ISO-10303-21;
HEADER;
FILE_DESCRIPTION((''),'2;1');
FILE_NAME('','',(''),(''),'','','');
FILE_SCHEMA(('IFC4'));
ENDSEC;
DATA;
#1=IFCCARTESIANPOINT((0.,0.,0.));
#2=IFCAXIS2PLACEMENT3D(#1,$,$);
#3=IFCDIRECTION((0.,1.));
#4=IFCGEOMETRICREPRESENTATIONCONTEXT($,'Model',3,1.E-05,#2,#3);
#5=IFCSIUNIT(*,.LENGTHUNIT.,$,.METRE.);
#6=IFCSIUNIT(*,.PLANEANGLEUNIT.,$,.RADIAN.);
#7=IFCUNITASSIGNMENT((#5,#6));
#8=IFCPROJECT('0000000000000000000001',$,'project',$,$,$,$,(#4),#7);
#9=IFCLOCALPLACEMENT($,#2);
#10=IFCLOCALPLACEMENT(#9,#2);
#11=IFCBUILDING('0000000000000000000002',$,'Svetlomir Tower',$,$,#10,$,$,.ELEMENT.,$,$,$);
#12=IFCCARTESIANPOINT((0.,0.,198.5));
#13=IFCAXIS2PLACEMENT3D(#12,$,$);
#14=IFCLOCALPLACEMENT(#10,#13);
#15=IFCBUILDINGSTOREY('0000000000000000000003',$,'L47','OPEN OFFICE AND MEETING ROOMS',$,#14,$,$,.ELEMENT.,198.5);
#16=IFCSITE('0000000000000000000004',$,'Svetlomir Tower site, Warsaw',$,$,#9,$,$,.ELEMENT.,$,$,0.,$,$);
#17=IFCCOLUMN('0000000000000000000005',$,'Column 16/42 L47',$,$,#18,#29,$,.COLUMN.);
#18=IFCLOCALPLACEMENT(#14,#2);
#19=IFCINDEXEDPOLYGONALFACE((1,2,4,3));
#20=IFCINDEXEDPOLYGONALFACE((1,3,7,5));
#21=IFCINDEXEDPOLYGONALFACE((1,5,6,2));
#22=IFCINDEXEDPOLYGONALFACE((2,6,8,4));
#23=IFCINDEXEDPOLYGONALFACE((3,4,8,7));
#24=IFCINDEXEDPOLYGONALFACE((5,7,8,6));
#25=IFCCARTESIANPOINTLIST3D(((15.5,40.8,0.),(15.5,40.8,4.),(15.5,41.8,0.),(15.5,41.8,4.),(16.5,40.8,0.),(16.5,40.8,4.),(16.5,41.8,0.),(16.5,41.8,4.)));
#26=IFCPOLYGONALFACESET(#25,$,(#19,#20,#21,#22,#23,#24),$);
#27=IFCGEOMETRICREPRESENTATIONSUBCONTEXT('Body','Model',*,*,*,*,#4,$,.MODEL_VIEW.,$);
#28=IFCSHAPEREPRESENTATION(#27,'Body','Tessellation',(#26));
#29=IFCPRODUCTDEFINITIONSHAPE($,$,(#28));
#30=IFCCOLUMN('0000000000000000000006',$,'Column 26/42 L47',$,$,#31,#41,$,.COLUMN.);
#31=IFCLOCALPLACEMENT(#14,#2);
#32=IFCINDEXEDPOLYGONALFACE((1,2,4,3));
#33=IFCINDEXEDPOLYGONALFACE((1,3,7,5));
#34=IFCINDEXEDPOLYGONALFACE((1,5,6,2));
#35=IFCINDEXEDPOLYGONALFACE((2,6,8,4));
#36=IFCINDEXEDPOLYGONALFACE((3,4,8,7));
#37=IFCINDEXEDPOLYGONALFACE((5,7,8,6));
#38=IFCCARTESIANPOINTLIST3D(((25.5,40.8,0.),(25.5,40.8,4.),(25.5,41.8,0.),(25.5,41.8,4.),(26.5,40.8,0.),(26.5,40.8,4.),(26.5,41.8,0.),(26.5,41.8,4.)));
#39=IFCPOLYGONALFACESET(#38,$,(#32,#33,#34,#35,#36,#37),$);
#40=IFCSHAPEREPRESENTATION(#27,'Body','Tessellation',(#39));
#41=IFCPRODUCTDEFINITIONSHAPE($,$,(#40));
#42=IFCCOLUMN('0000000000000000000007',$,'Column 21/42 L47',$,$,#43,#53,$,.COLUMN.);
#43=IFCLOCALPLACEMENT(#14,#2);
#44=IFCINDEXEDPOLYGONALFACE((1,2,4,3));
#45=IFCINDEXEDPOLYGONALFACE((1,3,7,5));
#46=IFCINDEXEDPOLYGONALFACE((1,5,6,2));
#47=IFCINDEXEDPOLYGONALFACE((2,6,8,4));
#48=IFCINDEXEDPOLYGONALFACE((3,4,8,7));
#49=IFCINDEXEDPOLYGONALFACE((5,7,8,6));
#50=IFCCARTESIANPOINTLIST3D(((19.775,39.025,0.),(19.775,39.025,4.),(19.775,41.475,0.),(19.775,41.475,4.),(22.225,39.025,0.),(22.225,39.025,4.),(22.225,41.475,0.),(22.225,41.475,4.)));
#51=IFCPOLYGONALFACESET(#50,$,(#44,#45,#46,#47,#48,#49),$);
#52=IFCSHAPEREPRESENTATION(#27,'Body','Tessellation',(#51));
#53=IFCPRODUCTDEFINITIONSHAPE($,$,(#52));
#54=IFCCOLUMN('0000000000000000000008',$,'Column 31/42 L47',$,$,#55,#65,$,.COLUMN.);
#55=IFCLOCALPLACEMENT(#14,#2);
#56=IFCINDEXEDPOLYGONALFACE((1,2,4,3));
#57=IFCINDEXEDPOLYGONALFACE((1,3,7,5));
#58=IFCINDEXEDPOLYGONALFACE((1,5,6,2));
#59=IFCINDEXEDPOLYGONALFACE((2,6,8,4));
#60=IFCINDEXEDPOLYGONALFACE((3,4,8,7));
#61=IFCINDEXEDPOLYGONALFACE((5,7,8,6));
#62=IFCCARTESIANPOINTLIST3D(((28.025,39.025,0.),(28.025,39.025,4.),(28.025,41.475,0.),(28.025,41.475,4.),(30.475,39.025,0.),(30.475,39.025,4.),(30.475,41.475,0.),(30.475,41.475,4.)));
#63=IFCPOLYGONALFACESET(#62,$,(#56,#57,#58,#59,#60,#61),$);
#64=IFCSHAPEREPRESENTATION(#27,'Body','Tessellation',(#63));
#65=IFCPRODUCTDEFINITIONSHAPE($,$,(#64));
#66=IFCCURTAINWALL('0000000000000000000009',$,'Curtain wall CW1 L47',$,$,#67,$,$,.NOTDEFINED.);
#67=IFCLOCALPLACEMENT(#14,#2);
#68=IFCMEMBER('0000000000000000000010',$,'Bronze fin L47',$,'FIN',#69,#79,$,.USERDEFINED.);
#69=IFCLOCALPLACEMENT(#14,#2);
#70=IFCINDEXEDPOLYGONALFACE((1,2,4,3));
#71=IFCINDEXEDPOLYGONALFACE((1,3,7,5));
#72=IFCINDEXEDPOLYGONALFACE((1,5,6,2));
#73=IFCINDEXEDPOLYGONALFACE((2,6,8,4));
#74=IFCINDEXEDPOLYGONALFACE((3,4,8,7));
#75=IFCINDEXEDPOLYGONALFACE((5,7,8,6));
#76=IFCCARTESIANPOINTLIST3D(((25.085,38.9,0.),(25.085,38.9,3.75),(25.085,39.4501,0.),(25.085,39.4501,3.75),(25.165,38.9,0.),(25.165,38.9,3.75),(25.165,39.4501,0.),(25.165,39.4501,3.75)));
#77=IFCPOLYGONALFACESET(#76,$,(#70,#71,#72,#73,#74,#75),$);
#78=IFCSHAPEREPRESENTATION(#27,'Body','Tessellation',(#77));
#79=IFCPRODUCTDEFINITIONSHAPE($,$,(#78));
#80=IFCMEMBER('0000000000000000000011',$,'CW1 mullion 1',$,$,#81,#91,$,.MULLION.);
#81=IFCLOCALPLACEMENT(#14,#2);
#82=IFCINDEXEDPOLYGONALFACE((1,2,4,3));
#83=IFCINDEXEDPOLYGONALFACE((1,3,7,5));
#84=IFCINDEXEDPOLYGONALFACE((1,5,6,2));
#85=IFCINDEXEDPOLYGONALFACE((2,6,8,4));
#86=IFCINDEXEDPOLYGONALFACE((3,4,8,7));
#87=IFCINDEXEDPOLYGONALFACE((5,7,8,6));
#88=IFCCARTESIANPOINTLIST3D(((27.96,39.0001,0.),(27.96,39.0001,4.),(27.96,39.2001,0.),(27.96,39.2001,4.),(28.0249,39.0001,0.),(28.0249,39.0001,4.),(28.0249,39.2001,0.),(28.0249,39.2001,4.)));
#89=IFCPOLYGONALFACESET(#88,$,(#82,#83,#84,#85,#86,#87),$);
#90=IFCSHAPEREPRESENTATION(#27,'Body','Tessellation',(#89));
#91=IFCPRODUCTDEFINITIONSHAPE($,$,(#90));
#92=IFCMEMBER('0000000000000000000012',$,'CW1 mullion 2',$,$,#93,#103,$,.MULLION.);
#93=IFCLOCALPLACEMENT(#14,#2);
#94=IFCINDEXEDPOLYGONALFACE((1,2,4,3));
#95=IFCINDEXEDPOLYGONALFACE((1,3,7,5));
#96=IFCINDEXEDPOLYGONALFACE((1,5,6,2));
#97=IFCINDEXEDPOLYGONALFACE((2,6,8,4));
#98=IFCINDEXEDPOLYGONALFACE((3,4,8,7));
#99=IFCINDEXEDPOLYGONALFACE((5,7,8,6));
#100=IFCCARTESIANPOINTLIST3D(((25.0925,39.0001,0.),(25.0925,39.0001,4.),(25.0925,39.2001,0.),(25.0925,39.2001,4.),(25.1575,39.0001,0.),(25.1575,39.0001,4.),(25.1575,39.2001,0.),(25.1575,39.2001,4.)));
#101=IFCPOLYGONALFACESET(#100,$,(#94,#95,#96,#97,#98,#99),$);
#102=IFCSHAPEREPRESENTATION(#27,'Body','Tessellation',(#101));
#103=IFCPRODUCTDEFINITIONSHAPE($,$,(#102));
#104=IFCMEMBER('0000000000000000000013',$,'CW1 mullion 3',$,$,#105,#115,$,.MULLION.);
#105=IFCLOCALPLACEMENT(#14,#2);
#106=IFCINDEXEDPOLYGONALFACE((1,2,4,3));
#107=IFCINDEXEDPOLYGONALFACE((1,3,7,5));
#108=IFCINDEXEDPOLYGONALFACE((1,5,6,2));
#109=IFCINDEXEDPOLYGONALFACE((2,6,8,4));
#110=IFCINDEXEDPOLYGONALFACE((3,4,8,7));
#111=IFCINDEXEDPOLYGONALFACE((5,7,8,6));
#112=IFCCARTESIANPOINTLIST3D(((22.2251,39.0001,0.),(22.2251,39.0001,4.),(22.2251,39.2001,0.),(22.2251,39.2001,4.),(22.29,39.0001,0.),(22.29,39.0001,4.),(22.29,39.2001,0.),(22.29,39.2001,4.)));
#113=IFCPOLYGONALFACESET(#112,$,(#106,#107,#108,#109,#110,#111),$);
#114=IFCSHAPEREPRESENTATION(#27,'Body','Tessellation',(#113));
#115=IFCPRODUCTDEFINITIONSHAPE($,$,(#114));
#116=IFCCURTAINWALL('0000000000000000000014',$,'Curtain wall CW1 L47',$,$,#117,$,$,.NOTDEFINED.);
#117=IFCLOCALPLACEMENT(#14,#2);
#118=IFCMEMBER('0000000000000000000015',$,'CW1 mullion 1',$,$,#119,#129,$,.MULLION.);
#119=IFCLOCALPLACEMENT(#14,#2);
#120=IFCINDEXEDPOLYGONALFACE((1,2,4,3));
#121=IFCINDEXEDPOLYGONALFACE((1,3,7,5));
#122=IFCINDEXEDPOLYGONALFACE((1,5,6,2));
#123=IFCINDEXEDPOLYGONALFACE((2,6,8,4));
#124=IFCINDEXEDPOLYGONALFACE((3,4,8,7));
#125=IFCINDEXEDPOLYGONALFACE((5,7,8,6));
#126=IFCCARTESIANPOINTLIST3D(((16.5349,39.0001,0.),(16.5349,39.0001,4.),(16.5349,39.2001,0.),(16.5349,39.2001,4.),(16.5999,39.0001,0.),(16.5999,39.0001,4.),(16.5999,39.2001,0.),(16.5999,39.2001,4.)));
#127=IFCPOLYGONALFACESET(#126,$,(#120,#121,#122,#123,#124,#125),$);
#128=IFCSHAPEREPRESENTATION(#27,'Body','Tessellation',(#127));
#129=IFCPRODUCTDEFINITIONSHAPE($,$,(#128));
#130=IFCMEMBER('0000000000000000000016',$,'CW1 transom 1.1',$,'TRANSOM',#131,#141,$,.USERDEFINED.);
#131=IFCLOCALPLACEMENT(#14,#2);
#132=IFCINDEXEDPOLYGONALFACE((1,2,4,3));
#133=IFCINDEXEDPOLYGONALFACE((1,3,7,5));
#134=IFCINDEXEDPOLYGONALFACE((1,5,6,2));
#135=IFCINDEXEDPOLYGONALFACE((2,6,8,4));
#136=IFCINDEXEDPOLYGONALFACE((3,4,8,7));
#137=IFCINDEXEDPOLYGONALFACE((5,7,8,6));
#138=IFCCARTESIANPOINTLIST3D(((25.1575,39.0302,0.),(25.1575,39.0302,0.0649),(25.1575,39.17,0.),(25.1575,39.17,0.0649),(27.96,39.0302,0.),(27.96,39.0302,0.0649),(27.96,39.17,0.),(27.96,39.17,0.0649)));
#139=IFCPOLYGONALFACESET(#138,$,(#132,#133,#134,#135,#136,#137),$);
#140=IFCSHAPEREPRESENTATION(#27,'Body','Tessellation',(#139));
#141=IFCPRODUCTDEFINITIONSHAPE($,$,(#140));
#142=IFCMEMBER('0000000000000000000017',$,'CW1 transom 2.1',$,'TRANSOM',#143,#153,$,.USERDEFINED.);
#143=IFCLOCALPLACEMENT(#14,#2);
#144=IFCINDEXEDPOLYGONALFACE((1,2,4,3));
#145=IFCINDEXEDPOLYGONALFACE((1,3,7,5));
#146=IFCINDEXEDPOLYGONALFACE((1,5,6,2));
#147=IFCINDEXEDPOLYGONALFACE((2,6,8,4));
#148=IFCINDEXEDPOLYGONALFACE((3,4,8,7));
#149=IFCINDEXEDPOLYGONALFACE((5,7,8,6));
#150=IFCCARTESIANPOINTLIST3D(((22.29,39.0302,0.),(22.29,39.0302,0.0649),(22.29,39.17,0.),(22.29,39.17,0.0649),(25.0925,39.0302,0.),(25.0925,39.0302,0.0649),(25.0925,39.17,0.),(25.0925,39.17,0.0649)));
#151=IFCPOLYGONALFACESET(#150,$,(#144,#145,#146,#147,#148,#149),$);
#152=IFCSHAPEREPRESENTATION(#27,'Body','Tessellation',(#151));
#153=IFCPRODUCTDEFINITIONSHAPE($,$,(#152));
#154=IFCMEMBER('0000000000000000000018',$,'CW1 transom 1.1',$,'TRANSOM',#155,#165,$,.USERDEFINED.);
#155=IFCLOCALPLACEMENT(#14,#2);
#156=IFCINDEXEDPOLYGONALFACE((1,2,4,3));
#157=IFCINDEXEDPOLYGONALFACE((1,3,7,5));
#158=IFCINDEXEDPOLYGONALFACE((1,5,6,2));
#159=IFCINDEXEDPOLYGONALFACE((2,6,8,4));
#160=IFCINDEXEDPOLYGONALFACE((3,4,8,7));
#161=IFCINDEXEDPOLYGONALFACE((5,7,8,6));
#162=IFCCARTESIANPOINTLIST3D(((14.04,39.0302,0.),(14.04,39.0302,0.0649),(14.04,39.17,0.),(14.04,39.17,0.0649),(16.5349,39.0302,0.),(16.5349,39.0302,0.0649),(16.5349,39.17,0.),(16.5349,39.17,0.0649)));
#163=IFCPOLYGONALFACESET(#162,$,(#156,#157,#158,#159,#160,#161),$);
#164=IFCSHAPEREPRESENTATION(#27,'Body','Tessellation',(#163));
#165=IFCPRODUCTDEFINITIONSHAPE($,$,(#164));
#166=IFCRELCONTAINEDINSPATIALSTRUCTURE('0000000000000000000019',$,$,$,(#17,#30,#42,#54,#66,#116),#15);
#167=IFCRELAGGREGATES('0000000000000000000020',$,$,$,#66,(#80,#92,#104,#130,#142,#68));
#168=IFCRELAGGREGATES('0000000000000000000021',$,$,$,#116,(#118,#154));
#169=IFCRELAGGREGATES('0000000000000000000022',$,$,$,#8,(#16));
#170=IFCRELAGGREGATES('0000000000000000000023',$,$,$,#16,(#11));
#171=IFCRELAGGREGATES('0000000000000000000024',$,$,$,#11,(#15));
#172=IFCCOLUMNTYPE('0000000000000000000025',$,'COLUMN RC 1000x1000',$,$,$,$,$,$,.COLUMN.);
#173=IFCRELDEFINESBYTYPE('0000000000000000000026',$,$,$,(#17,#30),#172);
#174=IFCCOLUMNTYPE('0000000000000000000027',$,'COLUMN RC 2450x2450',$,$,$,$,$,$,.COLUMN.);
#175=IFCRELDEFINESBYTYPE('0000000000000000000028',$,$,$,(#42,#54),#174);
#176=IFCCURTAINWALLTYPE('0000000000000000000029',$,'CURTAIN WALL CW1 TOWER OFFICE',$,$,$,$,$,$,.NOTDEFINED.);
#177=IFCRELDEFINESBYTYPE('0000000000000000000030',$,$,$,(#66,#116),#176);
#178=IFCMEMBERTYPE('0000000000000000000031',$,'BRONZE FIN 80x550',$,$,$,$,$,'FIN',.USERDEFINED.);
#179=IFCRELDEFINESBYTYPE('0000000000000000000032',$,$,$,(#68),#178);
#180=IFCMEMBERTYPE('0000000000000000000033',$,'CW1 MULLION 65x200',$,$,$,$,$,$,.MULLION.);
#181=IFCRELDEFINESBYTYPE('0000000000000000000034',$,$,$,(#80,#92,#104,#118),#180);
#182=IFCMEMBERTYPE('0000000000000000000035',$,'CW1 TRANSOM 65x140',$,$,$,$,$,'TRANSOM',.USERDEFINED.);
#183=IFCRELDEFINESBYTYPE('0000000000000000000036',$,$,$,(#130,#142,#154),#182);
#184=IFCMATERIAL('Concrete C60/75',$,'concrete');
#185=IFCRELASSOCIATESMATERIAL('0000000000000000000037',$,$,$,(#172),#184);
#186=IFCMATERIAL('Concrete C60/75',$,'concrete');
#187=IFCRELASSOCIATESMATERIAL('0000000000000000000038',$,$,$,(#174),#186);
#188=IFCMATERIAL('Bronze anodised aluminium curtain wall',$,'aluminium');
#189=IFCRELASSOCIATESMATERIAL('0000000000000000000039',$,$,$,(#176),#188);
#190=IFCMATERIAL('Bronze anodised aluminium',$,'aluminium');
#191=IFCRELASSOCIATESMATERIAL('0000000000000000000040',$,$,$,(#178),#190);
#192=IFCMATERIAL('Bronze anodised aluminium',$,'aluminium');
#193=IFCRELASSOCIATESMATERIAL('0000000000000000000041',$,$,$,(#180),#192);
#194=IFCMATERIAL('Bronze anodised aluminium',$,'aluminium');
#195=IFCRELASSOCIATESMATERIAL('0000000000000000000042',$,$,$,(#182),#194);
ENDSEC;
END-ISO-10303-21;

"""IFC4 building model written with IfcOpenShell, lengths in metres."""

from ifc_helpers import new_model, si_unit, direction, frame, origin, origin_2d, place, context, subcontext, project, spatial, rectangle, extrude, material, material_profile, profile_set, type_object, element, aggregate, save


model = new_model("IFC4")

# Units and contexts
model_context = context("Model", 3, precision=1e-05, world=origin(), true_north=direction((0.0, 1.0)))
body_context = subcontext(model_context, "Body", "Model", "MODEL_VIEW")
ifc_project = project(units=[si_unit("LENGTHUNIT", "METRE"), si_unit("PLANEANGLEUNIT", "RADIAN")], contexts=[model_context])

# Site, building, storey
site_placement = place(None, origin())
site = spatial("IfcSite", under=ifc_project, at=site_placement, Name="Svetlomir Tower site, Warsaw", CompositionType="ELEMENT", RefElevation=0.0)
building_placement = place(site_placement, origin())
building = spatial("IfcBuilding", under=site, at=building_placement, Name="Svetlomir Tower", CompositionType="ELEMENT")
storey_placement = place(building_placement, frame((0.0, 0.0, 198.5)))
storey = spatial("IfcBuildingStorey", under=building, at=storey_placement, Name="L47", Description="OPEN OFFICE AND MEETING ROOMS", CompositionType="ELEMENT", Elevation=198.5)

# Columns
ifc_material_1 = material(Name="Concrete C60/75", Category="concrete")
ifc_material_profile_1 = material_profile(ifc_material_1, rectangle(XDim=1.0, YDim=1.0, at=origin_2d()), Name="RC 1000x1000")
ifc_profile_set_1 = profile_set([ifc_material_profile_1], Name="Concrete C60/75")
column_type_1 = type_object("IfcColumnType", Name="COLUMN RC 1000x1000", PredefinedType="COLUMN", material=ifc_profile_set_1)
for number, where, z_axis, x_axis, name in (
    (1, (16.0, 41.3, 0.0), (0.0, 0.0, 1.0), (1.0, 0.0, 0.0), "Column 16/42 L47"),
    (2, (26.0, 41.3, 0.0), (0.0, 0.0, 1.0), (1.0, 0.0, 0.0), "Column 26/42 L47"),
):
    element("IfcColumn", number, at=place(storey_placement, frame(where, z_axis=z_axis, x_axis=x_axis)), inside=storey, type_object=column_type_1, Name=name, PredefinedType="COLUMN", context=body_context, shape_type="SweptSolid", body=[
        extrude(rectangle(XDim=1.0, YDim=1.0, at=origin_2d()), origin(), (0.0, 0.0, 1.0), 4.0),
    ])
ifc_material_2 = material(Name="Concrete C60/75", Category="concrete")
ifc_material_profile_2 = material_profile(ifc_material_2, rectangle(XDim=2.45, YDim=2.45, at=origin_2d()), Name="RC 2450x2450")
ifc_profile_set_2 = profile_set([ifc_material_profile_2], Name="Concrete C60/75")
column_type_2 = type_object("IfcColumnType", Name="COLUMN RC 2450x2450", PredefinedType="COLUMN", material=ifc_profile_set_2)
for number, where, z_axis, x_axis, name in (
    (3, (21.0, 40.25, 0.0), (0.0, 0.0, 1.0), (1.0, 0.0, 0.0), "Column 21/42 L47"),
    (4, (29.25, 40.25, 0.0), (0.0, 0.0, 1.0), (1.0, 0.0, 0.0), "Column 31/42 L47"),
):
    element("IfcColumn", number, at=place(storey_placement, frame(where, z_axis=z_axis, x_axis=x_axis)), inside=storey, type_object=column_type_2, Name=name, PredefinedType="COLUMN", context=body_context, shape_type="SweptSolid", body=[
        extrude(rectangle(XDim=2.45, YDim=2.45, at=origin_2d()), origin(), (0.0, 0.0, 1.0), 4.0),
    ])

# Curtain wall, members
ifc_material_3 = material(Name="Bronze anodised aluminium curtain wall", Category="aluminium")
curtain_wall_type = type_object("IfcCurtainWallType", Name="CURTAIN WALL CW1 TOWER OFFICE", PredefinedType="NOTDEFINED", material=ifc_material_3)
curtain_wall_1_placement = place(storey_placement, origin())
curtain_wall_1 = element("IfcCurtainWall", 5, at=curtain_wall_1_placement, inside=storey, type_object=curtain_wall_type, Name="Curtain wall CW1 L47", PredefinedType="NOTDEFINED")
ifc_material_4 = material(Name="Bronze anodised aluminium", Category="aluminium")
ifc_material_profile_3 = material_profile(ifc_material_4, rectangle(XDim=0.0801, YDim=0.55, at=origin_2d()), Name="FIN 80x550")
ifc_profile_set_3 = profile_set([ifc_material_profile_3], Name="Bronze anodised aluminium 6063-T6")
member_type_1 = type_object("IfcMemberType", Name="BRONZE FIN 80x550", ElementType="FIN", PredefinedType="USERDEFINED", material=ifc_profile_set_3)
member_1_placement = place(storey_placement, frame((25.125, 39.175, 0.0), z_axis=(0.0, 0.0, 1.0), x_axis=(1.0, 0.0, 0.0)))
member_1 = element("IfcMember", 6, at=member_1_placement, type_object=member_type_1, Name="Bronze fin L47", ObjectType="FIN", PredefinedType="USERDEFINED", context=body_context, shape_type="SweptSolid", body=[
    extrude(rectangle(XDim=0.0801, YDim=0.55, at=origin_2d()), origin(), (0.0, 0.0, 1.0), 3.75),
])
ifc_material_5 = material(Name="Bronze anodised aluminium", Category="aluminium")
ifc_material_profile_4 = material_profile(ifc_material_5, rectangle(XDim=0.0649, YDim=0.2, at=origin_2d()), Name="AL 65x200")
ifc_profile_set_4 = profile_set([ifc_material_profile_4], Name="Bronze anodised aluminium 6063-T6")
member_type_2 = type_object("IfcMemberType", Name="CW1 MULLION 65x200", PredefinedType="MULLION", material=ifc_profile_set_4)
member_2_placement = place(storey_placement, frame((27.9924, 39.1001, 0.0), z_axis=(0.0, 0.0, 1.0), x_axis=(-1.0, 0.0, 0.0)))
member_2 = element("IfcMember", 7, at=member_2_placement, type_object=member_type_2, Name="CW1 mullion 1", PredefinedType="MULLION", context=body_context, shape_type="SweptSolid", body=[
    extrude(rectangle(XDim=0.0649, YDim=0.2, at=origin_2d()), origin(), (0.0, 0.0, 1.0), 4.0),
])
member_3_placement = place(storey_placement, frame((25.125, 39.1001, 0.0), z_axis=(0.0, 0.0, 1.0), x_axis=(-1.0, 0.0, 0.0)))
member_3 = element("IfcMember", 8, at=member_3_placement, type_object=member_type_2, Name="CW1 mullion 2", PredefinedType="MULLION", context=body_context, shape_type="SweptSolid", body=[
    extrude(rectangle(XDim=0.0649, YDim=0.2, at=origin_2d()), origin(), (0.0, 0.0, 1.0), 4.0),
])
member_4_placement = place(storey_placement, frame((22.2576, 39.1001, 0.0), z_axis=(0.0, 0.0, 1.0), x_axis=(-1.0, 0.0, 0.0)))
member_4 = element("IfcMember", 9, at=member_4_placement, type_object=member_type_2, Name="CW1 mullion 3", PredefinedType="MULLION", context=body_context, shape_type="SweptSolid", body=[
    extrude(rectangle(XDim=0.0649, YDim=0.2, at=origin_2d()), origin(), (0.0, 0.0, 1.0), 4.0),
])

# Curtain wall, member
curtain_wall_2_placement = place(storey_placement, origin())
curtain_wall_2 = element("IfcCurtainWall", 10, at=curtain_wall_2_placement, inside=storey, type_object=curtain_wall_type, Name="Curtain wall CW1 L47", PredefinedType="NOTDEFINED")
member_5_placement = place(storey_placement, frame((16.5674, 39.1001, 0.0), z_axis=(0.0, 0.0, 1.0), x_axis=(-1.0, 0.0, 0.0)))
member_5 = element("IfcMember", 11, at=member_5_placement, type_object=member_type_2, Name="CW1 mullion 1", PredefinedType="MULLION", context=body_context, shape_type="SweptSolid", body=[
    extrude(rectangle(XDim=0.0649, YDim=0.2, at=origin_2d()), origin(), (0.0, 0.0, 1.0), 4.0),
])

# Members
ifc_material_6 = material(Name="Bronze anodised aluminium", Category="aluminium")
ifc_material_profile_5 = material_profile(ifc_material_6, rectangle(XDim=0.1399, YDim=0.0649, at=origin_2d()), Name="AL 140x65")
ifc_profile_set_5 = profile_set([ifc_material_profile_5], Name="Bronze anodised aluminium 6063-T6")
member_type_3 = type_object("IfcMemberType", Name="CW1 TRANSOM 65x140", ElementType="TRANSOM", PredefinedType="USERDEFINED", material=ifc_profile_set_5)
member_6_placement = place(storey_placement, frame((27.96, 39.1001, 0.0325), z_axis=(-1.0, 0.0, 0.0), x_axis=(0.0, -1.0, 0.0)))
member_6 = element("IfcMember", 12, at=member_6_placement, type_object=member_type_3, Name="CW1 transom 1.1", ObjectType="TRANSOM", PredefinedType="USERDEFINED", context=body_context, shape_type="SweptSolid", body=[
    extrude(rectangle(XDim=0.1399, YDim=0.0649, at=origin_2d()), origin(), (0.0, 0.0, 1.0), 2.8025),
])
member_7_placement = place(storey_placement, frame((25.0925, 39.1001, 0.0325), z_axis=(-1.0, 0.0, 0.0), x_axis=(0.0, -1.0, 0.0)))
member_7 = element("IfcMember", 13, at=member_7_placement, type_object=member_type_3, Name="CW1 transom 2.1", ObjectType="TRANSOM", PredefinedType="USERDEFINED", context=body_context, shape_type="SweptSolid", body=[
    extrude(rectangle(XDim=0.1399, YDim=0.0649, at=origin_2d()), origin(), (0.0, 0.0, 1.0), 2.8025),
])
member_8_placement = place(storey_placement, frame((16.5349, 39.1001, 0.0325), z_axis=(-1.0, 0.0, 0.0), x_axis=(0.0, -1.0, 0.0)))
member_8 = element("IfcMember", 14, at=member_8_placement, type_object=member_type_3, Name="CW1 transom 1.1", ObjectType="TRANSOM", PredefinedType="USERDEFINED", context=body_context, shape_type="SweptSolid", body=[
    extrude(rectangle(XDim=0.1399, YDim=0.0649, at=origin_2d()), origin(), (0.0, 0.0, 1.0), 2.4949),
])

aggregate(curtain_wall_1, [member_2, member_3, member_4, member_6, member_7, member_1])
aggregate(curtain_wall_2, [member_5, member_8])

save(model, "model.ifc")
